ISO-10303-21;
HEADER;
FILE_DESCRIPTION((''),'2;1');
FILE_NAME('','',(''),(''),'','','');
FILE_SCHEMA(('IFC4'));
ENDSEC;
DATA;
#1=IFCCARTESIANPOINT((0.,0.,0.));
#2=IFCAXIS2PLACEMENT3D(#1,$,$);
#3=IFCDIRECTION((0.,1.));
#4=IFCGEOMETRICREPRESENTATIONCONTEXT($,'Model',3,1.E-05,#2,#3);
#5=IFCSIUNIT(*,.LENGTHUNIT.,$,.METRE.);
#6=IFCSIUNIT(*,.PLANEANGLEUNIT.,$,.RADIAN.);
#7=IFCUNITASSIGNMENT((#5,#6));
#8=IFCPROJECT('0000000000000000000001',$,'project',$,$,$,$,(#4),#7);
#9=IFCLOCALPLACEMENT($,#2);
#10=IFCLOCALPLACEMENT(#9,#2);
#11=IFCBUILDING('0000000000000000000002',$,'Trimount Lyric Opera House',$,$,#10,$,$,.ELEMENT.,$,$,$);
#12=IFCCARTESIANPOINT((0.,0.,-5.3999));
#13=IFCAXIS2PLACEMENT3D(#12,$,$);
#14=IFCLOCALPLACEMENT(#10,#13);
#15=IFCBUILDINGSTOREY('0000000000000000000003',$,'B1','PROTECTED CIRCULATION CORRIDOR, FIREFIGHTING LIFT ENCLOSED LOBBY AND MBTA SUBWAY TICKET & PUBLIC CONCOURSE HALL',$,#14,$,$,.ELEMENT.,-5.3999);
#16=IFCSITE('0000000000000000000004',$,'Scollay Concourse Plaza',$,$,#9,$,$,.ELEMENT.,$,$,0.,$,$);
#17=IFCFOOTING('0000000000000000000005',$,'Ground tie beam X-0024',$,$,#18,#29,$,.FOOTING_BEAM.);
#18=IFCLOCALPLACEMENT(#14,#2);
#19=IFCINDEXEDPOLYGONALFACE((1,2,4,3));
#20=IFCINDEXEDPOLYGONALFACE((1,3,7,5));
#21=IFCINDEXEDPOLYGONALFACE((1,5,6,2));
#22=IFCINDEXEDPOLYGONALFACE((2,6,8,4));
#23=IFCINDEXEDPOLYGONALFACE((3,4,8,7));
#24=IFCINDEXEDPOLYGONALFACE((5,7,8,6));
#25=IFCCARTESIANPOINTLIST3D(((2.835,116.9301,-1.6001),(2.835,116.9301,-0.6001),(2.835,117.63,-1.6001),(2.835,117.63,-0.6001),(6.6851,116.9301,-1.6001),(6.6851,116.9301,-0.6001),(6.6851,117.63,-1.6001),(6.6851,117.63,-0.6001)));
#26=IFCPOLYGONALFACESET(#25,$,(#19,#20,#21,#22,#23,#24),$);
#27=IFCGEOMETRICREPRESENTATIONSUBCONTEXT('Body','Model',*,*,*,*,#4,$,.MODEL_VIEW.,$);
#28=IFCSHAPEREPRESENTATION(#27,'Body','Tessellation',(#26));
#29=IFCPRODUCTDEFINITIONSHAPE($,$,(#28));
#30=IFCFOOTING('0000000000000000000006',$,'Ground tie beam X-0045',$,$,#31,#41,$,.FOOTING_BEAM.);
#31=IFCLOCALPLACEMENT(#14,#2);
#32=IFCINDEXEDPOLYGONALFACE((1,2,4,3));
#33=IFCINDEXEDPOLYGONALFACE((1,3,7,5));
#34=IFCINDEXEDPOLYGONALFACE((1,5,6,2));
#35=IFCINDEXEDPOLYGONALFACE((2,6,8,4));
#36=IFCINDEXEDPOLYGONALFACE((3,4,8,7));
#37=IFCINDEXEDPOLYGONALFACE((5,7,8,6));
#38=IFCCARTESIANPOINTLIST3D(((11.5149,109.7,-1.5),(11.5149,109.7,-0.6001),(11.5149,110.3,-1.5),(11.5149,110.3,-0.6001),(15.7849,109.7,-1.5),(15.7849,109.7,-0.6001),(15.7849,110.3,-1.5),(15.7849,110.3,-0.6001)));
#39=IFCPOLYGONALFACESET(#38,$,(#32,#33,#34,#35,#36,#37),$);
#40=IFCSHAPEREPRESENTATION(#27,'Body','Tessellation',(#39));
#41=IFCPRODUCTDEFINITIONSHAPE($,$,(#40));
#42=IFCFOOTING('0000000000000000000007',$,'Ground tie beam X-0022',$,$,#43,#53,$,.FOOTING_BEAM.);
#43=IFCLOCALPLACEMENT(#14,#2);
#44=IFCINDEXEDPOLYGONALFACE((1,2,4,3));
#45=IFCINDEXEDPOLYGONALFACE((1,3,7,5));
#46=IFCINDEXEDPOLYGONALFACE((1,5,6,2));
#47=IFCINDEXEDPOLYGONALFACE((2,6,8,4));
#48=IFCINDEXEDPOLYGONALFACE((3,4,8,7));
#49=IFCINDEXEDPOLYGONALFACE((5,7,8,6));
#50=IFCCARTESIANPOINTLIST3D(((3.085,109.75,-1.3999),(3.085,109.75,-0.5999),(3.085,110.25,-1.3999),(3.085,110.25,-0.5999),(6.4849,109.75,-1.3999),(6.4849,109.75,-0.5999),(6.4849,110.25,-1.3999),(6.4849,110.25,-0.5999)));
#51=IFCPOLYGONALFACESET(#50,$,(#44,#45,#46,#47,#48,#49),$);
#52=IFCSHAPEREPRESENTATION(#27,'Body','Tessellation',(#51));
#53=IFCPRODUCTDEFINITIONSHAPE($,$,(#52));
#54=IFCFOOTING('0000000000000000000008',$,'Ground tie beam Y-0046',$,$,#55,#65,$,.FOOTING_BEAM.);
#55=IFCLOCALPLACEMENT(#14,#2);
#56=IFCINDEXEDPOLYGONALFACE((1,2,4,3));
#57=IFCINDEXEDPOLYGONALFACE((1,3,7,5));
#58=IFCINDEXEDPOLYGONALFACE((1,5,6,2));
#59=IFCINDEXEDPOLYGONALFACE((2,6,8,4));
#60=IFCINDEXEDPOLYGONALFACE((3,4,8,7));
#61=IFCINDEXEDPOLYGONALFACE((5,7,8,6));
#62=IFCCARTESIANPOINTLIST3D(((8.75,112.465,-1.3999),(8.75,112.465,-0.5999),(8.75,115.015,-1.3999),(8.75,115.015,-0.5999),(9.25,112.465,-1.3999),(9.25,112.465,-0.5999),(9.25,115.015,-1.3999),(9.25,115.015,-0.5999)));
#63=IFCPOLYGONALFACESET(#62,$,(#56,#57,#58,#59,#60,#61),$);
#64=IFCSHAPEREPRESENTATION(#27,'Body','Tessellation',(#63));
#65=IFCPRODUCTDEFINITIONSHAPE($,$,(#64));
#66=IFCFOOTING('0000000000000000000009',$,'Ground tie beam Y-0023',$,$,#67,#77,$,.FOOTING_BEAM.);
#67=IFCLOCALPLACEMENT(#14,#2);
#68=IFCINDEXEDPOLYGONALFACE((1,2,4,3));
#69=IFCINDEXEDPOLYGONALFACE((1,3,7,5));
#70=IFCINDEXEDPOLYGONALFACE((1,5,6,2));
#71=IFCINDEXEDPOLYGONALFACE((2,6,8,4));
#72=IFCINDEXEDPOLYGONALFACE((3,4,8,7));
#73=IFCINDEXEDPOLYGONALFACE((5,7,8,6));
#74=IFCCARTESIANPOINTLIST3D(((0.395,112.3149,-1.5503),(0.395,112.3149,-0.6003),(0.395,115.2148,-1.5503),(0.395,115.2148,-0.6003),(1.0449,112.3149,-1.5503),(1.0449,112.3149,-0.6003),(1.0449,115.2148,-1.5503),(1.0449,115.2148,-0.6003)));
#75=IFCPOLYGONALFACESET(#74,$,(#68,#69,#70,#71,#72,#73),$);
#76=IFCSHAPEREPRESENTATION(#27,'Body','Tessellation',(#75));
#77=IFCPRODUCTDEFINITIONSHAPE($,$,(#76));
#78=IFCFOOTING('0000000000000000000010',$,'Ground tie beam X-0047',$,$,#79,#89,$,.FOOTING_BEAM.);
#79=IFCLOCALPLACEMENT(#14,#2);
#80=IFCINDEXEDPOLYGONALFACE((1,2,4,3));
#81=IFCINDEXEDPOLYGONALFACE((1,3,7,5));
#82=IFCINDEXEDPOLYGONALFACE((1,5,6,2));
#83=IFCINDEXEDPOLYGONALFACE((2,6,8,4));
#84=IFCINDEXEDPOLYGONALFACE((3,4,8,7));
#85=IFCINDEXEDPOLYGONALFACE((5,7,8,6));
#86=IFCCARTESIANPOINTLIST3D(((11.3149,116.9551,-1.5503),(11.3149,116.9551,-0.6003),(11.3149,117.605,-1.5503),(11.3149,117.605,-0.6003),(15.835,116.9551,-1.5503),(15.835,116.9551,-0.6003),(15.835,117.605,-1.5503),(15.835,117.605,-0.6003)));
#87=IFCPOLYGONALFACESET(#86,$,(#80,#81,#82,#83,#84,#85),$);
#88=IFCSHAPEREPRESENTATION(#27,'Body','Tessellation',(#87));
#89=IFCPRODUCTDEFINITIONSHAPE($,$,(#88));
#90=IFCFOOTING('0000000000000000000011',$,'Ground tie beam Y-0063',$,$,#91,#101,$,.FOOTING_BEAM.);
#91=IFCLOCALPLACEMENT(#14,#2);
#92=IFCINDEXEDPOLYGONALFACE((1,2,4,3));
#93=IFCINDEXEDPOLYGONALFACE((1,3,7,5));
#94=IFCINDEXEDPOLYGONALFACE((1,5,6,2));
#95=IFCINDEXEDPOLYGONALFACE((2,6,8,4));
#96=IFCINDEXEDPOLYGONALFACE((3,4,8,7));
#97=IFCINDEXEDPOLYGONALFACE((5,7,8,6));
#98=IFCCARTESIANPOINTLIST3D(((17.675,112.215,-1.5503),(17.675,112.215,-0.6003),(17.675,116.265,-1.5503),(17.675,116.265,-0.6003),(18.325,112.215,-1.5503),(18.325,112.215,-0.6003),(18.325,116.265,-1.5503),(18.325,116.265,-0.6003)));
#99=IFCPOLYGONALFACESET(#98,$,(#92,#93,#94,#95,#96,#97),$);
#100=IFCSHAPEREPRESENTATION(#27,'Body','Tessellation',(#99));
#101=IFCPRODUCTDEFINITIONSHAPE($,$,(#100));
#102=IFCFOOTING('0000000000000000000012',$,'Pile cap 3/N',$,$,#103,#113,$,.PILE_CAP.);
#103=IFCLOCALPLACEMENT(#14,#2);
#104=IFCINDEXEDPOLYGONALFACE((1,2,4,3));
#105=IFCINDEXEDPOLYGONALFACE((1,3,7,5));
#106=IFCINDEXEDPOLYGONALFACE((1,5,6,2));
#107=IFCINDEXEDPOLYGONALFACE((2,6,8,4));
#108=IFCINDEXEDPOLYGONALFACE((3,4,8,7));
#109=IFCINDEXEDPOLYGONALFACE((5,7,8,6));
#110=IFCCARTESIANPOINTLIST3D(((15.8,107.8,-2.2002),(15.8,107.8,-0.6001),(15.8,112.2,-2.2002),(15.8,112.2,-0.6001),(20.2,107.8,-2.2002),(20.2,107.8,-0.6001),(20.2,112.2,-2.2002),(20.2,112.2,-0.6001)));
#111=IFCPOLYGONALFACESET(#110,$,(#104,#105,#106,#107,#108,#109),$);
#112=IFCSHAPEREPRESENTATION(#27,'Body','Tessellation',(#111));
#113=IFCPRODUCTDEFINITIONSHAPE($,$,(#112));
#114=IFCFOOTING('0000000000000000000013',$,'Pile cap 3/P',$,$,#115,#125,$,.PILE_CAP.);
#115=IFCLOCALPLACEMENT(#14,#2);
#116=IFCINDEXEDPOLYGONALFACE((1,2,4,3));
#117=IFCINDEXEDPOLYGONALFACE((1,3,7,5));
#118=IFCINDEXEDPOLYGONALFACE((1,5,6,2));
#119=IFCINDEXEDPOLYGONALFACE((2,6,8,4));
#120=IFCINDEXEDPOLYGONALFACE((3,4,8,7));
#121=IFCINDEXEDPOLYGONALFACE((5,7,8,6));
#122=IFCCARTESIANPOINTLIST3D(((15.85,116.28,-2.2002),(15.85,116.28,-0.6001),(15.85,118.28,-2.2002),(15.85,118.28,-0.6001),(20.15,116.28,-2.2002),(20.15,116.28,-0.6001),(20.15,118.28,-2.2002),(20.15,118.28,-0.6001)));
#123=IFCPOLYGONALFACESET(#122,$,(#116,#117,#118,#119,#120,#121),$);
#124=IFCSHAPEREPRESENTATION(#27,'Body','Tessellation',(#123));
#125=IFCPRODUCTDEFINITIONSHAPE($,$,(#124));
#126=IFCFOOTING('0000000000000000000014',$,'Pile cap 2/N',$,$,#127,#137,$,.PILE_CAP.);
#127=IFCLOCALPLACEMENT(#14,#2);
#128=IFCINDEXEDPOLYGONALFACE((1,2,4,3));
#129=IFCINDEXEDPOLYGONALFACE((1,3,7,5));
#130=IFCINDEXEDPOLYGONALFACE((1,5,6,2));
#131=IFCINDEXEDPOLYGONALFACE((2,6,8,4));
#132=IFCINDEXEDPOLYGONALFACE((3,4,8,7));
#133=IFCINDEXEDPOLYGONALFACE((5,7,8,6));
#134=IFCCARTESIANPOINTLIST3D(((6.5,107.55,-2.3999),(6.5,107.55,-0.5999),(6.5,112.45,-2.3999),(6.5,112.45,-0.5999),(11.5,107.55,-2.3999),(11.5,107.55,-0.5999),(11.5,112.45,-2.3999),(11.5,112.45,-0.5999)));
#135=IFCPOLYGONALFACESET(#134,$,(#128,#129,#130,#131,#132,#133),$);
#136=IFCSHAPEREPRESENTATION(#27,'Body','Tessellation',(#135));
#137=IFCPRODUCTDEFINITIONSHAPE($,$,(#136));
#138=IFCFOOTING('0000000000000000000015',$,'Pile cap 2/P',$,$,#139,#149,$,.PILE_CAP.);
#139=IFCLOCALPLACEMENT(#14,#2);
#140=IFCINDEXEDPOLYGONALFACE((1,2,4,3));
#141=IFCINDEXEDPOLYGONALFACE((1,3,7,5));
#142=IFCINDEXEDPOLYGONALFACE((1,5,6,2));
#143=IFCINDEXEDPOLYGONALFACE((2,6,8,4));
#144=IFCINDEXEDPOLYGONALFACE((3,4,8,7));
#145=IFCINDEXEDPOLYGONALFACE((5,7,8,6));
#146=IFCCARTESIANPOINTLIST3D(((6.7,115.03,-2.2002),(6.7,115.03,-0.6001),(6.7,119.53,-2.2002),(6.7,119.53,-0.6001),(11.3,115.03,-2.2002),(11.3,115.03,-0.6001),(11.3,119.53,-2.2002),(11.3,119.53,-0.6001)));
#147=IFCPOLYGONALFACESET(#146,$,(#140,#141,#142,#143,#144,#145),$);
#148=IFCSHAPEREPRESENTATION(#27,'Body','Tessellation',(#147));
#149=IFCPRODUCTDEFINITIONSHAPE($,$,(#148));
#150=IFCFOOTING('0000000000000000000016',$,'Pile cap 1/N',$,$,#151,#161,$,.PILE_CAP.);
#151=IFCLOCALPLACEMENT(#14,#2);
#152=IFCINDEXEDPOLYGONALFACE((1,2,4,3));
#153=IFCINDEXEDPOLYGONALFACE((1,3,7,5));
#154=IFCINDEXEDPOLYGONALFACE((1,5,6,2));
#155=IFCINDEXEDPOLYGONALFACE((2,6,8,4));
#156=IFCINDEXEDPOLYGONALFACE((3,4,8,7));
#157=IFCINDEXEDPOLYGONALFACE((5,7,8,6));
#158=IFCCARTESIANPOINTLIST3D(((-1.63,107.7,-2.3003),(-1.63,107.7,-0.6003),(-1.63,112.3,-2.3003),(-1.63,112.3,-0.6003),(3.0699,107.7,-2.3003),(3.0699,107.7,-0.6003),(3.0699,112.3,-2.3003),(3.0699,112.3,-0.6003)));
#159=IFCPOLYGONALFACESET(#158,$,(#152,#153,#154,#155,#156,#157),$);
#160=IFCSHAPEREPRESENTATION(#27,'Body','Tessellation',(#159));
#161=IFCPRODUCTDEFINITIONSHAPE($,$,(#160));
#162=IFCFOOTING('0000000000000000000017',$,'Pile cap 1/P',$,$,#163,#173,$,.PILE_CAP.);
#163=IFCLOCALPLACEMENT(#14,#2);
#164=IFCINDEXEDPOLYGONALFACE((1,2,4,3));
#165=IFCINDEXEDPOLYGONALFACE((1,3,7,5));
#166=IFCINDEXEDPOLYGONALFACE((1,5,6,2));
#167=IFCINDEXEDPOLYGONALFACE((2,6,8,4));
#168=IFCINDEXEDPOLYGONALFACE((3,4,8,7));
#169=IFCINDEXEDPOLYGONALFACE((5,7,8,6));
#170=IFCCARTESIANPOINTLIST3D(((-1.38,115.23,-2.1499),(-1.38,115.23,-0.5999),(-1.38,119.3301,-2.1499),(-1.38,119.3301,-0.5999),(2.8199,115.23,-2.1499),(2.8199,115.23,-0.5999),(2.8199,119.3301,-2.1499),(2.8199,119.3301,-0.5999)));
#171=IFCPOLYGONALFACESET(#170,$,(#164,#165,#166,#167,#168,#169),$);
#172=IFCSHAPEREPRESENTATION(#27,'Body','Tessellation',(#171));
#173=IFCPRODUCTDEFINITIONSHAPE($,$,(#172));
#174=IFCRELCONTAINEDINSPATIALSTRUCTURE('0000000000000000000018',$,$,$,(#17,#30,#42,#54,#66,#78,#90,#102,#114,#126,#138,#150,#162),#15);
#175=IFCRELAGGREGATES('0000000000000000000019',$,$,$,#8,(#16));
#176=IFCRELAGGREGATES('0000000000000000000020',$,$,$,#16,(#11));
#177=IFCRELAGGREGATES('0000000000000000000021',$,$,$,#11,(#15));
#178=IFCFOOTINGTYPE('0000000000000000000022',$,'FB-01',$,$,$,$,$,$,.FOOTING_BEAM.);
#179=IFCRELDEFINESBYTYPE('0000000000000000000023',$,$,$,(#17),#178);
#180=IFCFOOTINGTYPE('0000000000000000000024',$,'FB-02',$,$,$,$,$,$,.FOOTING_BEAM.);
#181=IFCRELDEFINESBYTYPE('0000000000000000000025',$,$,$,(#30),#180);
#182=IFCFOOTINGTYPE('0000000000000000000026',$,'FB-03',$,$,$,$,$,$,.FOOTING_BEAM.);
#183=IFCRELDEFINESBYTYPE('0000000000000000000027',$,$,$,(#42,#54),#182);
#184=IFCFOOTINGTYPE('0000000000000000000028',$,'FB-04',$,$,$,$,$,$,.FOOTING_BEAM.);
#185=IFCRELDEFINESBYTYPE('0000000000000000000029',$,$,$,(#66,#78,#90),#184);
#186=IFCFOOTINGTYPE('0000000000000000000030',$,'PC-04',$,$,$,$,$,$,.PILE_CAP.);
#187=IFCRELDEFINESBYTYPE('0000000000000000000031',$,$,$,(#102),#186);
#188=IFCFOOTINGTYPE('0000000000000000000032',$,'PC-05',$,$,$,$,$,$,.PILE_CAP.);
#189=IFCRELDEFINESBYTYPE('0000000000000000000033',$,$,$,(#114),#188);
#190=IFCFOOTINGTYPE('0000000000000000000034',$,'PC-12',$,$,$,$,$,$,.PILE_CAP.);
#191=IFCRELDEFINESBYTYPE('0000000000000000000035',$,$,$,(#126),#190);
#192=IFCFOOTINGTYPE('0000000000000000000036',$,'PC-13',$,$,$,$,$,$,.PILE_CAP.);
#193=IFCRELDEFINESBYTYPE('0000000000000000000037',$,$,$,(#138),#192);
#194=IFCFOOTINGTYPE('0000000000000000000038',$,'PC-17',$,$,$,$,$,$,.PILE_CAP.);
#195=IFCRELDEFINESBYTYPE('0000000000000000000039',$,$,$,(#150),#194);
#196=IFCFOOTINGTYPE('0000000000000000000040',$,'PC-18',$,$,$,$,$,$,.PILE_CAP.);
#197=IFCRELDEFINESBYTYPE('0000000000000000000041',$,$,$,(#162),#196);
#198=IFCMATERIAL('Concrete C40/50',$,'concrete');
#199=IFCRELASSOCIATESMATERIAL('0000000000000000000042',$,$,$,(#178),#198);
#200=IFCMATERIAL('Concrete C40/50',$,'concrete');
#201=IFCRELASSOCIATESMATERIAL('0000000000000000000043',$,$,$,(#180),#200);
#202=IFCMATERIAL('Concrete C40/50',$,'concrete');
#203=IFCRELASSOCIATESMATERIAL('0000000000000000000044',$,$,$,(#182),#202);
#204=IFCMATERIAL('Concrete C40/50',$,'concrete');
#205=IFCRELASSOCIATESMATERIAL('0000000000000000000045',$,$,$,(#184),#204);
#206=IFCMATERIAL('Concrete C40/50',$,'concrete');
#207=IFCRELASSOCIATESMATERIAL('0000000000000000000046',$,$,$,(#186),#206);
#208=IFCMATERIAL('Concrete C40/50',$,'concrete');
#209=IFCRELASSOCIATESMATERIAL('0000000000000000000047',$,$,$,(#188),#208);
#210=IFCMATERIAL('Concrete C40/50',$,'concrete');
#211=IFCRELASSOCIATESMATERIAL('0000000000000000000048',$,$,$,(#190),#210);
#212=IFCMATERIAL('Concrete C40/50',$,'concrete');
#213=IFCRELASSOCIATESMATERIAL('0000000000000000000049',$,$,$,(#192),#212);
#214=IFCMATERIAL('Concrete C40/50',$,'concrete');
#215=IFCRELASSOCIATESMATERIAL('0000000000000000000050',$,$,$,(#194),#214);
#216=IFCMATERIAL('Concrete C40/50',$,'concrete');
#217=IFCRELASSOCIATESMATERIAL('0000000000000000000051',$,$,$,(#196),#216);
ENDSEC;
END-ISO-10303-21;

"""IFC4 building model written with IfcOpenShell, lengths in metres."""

from ifc_helpers import new_model, si_unit, direction, frame, origin, origin_2d, place, context, subcontext, project, spatial, rectangle, extrude, material, type_object, element, save


model = new_model("IFC4")

# Units and contexts
model_context = context("Model", 3, precision=1e-05, world=origin(), true_north=direction((0.0, 1.0)))
body_context = subcontext(model_context, "Body", "Model", "MODEL_VIEW")
ifc_project = project(units=[si_unit("LENGTHUNIT", "METRE"), si_unit("PLANEANGLEUNIT", "RADIAN")], contexts=[model_context])

# Site, building, storey
site_placement = place(None, origin())
site = spatial("IfcSite", under=ifc_project, at=site_placement, Name="Scollay Concourse Plaza", CompositionType="ELEMENT", RefElevation=0.0)
building_placement = place(site_placement, origin())
building = spatial("IfcBuilding", under=site, at=building_placement, Name="Trimount Lyric Opera House", CompositionType="ELEMENT")
storey_placement = place(building_placement, frame((0.0, 0.0, -5.3999)))
storey = spatial("IfcBuildingStorey", under=building, at=storey_placement, Name="B1", Description="PROTECTED CIRCULATION CORRIDOR, FIREFIGHTING LIFT ENCLOSED LOBBY AND MBTA SUBWAY TICKET & PUBLIC CONCOURSE HALL", CompositionType="ELEMENT", Elevation=-5.3999)

# Footings
ifc_material_1 = material(Name="Concrete C40/50", Category="concrete")
footing_type_1 = type_object("IfcFootingType", Name="FB-01", PredefinedType="FOOTING_BEAM", material=ifc_material_1)
footing_1_placement = place(storey_placement, frame((4.76, 117.28, -1.6001), z_axis=(0.0, 0.0, 1.0), x_axis=(1.0, 0.0, 0.0)))
element("IfcFooting", 1, at=footing_1_placement, inside=storey, type_object=footing_type_1, Name="Ground tie beam X-0024", PredefinedType="FOOTING_BEAM", context=body_context, shape_type="SweptSolid", body=[
    extrude(rectangle(XDim=3.8501, YDim=0.7, at=origin_2d()), origin(), (0.0, 0.0, 1.0), 1.0),
])
ifc_material_2 = material(Name="Concrete C40/50", Category="concrete")
footing_type_2 = type_object("IfcFootingType", Name="FB-02", PredefinedType="FOOTING_BEAM", material=ifc_material_2)
footing_2_placement = place(storey_placement, frame((13.6499, 110.0, -1.5), z_axis=(0.0, 0.0, 1.0), x_axis=(1.0, 0.0, 0.0)))
element("IfcFooting", 2, at=footing_2_placement, inside=storey, type_object=footing_type_2, Name="Ground tie beam X-0045", PredefinedType="FOOTING_BEAM", context=body_context, shape_type="SweptSolid", body=[
    extrude(rectangle(XDim=4.27, YDim=0.6001, at=origin_2d()), origin(), (0.0, 0.0, 1.0), 0.8999),
])
ifc_material_3 = material(Name="Concrete C40/50", Category="concrete")
footing_type_3 = type_object("IfcFootingType", Name="FB-03", PredefinedType="FOOTING_BEAM", material=ifc_material_3)
footing_3_placement = place(storey_placement, frame((4.7849, 110.0, -1.3999), z_axis=(0.0, 0.0, 1.0), x_axis=(1.0, 0.0, 0.0)))
element("IfcFooting", 3, at=footing_3_placement, inside=storey, type_object=footing_type_3, Name="Ground tie beam X-0022", PredefinedType="FOOTING_BEAM", context=body_context, shape_type="SweptSolid", body=[
    extrude(rectangle(XDim=3.3999, YDim=0.5, at=origin_2d()), origin(), (0.0, 0.0, 1.0), 0.8),
])
footing_4_placement = place(storey_placement, frame((9.0, 113.74, -1.3999), z_axis=(0.0, 0.0, 1.0), x_axis=(1.0, 0.0, 0.0)))
element("IfcFooting", 4, at=footing_4_placement, inside=storey, type_object=footing_type_3, Name="Ground tie beam Y-0046", PredefinedType="FOOTING_BEAM", context=body_context, shape_type="SweptSolid", body=[
    extrude(rectangle(XDim=0.5, YDim=2.55, at=origin_2d()), origin(), (0.0, 0.0, 1.0), 0.8),
])
ifc_material_4 = material(Name="Concrete C40/50", Category="concrete")
footing_type_4 = type_object("IfcFootingType", Name="FB-04", PredefinedType="FOOTING_BEAM", material=ifc_material_4)
footing_5_placement = place(storey_placement, frame((0.72, 113.7649, -1.5503), z_axis=(0.0, 0.0, 1.0), x_axis=(1.0, 0.0, 0.0)))
element("IfcFooting", 5, at=footing_5_placement, inside=storey, type_object=footing_type_4, Name="Ground tie beam Y-0023", PredefinedType="FOOTING_BEAM", context=body_context, shape_type="SweptSolid", body=[
    extrude(rectangle(XDim=0.6499, YDim=2.8999, at=origin_2d()), origin(), (0.0, 0.0, 1.0), 0.95),
])
footing_6_placement = place(storey_placement, frame((13.575, 117.28, -1.5503), z_axis=(0.0, 0.0, 1.0), x_axis=(1.0, 0.0, 0.0)))
element("IfcFooting", 6, at=footing_6_placement, inside=storey, type_object=footing_type_4, Name="Ground tie beam X-0047", PredefinedType="FOOTING_BEAM", context=body_context, shape_type="SweptSolid", body=[
    extrude(rectangle(XDim=4.52, YDim=0.6499, at=origin_2d()), origin(), (0.0, 0.0, 1.0), 0.95),
])
footing_7_placement = place(storey_placement, frame((18.0, 114.24, -1.5503), z_axis=(0.0, 0.0, 1.0), x_axis=(1.0, 0.0, 0.0)))
element("IfcFooting", 7, at=footing_7_placement, inside=storey, type_object=footing_type_4, Name="Ground tie beam Y-0063", PredefinedType="FOOTING_BEAM", context=body_context, shape_type="SweptSolid", body=[
    extrude(rectangle(XDim=0.6499, YDim=4.05, at=origin_2d()), origin(), (0.0, 0.0, 1.0), 0.95),
])
ifc_material_5 = material(Name="Concrete C40/50", Category="concrete")
footing_type_5 = type_object("IfcFootingType", Name="PC-04", PredefinedType="PILE_CAP", material=ifc_material_5)
footing_8_placement = place(storey_placement, frame((18.0, 110.0, -2.2002), z_axis=(0.0, 0.0, 1.0), x_axis=(1.0, 0.0, 0.0)))
element("IfcFooting", 8, at=footing_8_placement, inside=storey, type_object=footing_type_5, Name="Pile cap 3/N", PredefinedType="PILE_CAP", context=body_context, shape_type="SweptSolid", body=[
    extrude(rectangle(XDim=4.3999, YDim=4.3999, at=origin_2d()), origin(), (0.0, 0.0, 1.0), 1.6001),
])
ifc_material_6 = material(Name="Concrete C40/50", Category="concrete")
footing_type_6 = type_object("IfcFootingType", Name="PC-05", PredefinedType="PILE_CAP", material=ifc_material_6)
footing_9_placement = place(storey_placement, frame((18.0, 117.28, -2.2002), z_axis=(0.0, 0.0, 1.0), x_axis=(1.0, 0.0, 0.0)))
element("IfcFooting", 9, at=footing_9_placement, inside=storey, type_object=footing_type_6, Name="Pile cap 3/P", PredefinedType="PILE_CAP", context=body_context, shape_type="SweptSolid", body=[
    extrude(rectangle(XDim=4.3, YDim=2.0, at=origin_2d()), origin(), (0.0, 0.0, 1.0), 1.6001),
])
ifc_material_7 = material(Name="Concrete C40/50", Category="concrete")
footing_type_7 = type_object("IfcFootingType", Name="PC-12", PredefinedType="PILE_CAP", material=ifc_material_7)
footing_10_placement = place(storey_placement, frame((9.0, 110.0, -2.3999), z_axis=(0.0, 0.0, 1.0), x_axis=(1.0, 0.0, 0.0)))
element("IfcFooting", 10, at=footing_10_placement, inside=storey, type_object=footing_type_7, Name="Pile cap 2/N", PredefinedType="PILE_CAP", context=body_context, shape_type="SweptSolid", body=[
    extrude(rectangle(XDim=5.0, YDim=4.8999, at=origin_2d()), origin(), (0.0, 0.0, 1.0), 1.8),
])
ifc_material_8 = material(Name="Concrete C40/50", Category="concrete")
footing_type_8 = type_object("IfcFootingType", Name="PC-13", PredefinedType="PILE_CAP", material=ifc_material_8)
footing_11_placement = place(storey_placement, frame((9.0, 117.28, -2.2002), z_axis=(0.0, 0.0, 1.0), x_axis=(1.0, 0.0, 0.0)))
element("IfcFooting", 11, at=footing_11_placement, inside=storey, type_object=footing_type_8, Name="Pile cap 2/P", PredefinedType="PILE_CAP", context=body_context, shape_type="SweptSolid", body=[
    extrude(rectangle(XDim=4.6001, YDim=4.5, at=origin_2d()), origin(), (0.0, 0.0, 1.0), 1.6001),
])
ifc_material_9 = material(Name="Concrete C40/50", Category="concrete")
footing_type_9 = type_object("IfcFootingType", Name="PC-17", PredefinedType="PILE_CAP", material=ifc_material_9)
footing_12_placement = place(storey_placement, frame((0.72, 110.0, -2.3003), z_axis=(0.0, 0.0, 1.0), x_axis=(1.0, 0.0, 0.0)))
element("IfcFooting", 12, at=footing_12_placement, inside=storey, type_object=footing_type_9, Name="Pile cap 1/N", PredefinedType="PILE_CAP", context=body_context, shape_type="SweptSolid", body=[
    extrude(rectangle(XDim=4.7, YDim=4.6001, at=origin_2d()), origin(), (0.0, 0.0, 1.0), 1.7),
])
ifc_material_10 = material(Name="Concrete C40/50", Category="concrete")
footing_type_10 = type_object("IfcFootingType", Name="PC-18", PredefinedType="PILE_CAP", material=ifc_material_10)
footing_13_placement = place(storey_placement, frame((0.72, 117.28, -2.1499), z_axis=(0.0, 0.0, 1.0), x_axis=(1.0, 0.0, 0.0)))
element("IfcFooting", 13, at=footing_13_placement, inside=storey, type_object=footing_type_10, Name="Pile cap 1/P", PredefinedType="PILE_CAP", context=body_context, shape_type="SweptSolid", body=[
    extrude(rectangle(XDim=4.2, YDim=4.1001, at=origin_2d()), origin(), (0.0, 0.0, 1.0), 1.55),
])

save(model, "model.ifc")
